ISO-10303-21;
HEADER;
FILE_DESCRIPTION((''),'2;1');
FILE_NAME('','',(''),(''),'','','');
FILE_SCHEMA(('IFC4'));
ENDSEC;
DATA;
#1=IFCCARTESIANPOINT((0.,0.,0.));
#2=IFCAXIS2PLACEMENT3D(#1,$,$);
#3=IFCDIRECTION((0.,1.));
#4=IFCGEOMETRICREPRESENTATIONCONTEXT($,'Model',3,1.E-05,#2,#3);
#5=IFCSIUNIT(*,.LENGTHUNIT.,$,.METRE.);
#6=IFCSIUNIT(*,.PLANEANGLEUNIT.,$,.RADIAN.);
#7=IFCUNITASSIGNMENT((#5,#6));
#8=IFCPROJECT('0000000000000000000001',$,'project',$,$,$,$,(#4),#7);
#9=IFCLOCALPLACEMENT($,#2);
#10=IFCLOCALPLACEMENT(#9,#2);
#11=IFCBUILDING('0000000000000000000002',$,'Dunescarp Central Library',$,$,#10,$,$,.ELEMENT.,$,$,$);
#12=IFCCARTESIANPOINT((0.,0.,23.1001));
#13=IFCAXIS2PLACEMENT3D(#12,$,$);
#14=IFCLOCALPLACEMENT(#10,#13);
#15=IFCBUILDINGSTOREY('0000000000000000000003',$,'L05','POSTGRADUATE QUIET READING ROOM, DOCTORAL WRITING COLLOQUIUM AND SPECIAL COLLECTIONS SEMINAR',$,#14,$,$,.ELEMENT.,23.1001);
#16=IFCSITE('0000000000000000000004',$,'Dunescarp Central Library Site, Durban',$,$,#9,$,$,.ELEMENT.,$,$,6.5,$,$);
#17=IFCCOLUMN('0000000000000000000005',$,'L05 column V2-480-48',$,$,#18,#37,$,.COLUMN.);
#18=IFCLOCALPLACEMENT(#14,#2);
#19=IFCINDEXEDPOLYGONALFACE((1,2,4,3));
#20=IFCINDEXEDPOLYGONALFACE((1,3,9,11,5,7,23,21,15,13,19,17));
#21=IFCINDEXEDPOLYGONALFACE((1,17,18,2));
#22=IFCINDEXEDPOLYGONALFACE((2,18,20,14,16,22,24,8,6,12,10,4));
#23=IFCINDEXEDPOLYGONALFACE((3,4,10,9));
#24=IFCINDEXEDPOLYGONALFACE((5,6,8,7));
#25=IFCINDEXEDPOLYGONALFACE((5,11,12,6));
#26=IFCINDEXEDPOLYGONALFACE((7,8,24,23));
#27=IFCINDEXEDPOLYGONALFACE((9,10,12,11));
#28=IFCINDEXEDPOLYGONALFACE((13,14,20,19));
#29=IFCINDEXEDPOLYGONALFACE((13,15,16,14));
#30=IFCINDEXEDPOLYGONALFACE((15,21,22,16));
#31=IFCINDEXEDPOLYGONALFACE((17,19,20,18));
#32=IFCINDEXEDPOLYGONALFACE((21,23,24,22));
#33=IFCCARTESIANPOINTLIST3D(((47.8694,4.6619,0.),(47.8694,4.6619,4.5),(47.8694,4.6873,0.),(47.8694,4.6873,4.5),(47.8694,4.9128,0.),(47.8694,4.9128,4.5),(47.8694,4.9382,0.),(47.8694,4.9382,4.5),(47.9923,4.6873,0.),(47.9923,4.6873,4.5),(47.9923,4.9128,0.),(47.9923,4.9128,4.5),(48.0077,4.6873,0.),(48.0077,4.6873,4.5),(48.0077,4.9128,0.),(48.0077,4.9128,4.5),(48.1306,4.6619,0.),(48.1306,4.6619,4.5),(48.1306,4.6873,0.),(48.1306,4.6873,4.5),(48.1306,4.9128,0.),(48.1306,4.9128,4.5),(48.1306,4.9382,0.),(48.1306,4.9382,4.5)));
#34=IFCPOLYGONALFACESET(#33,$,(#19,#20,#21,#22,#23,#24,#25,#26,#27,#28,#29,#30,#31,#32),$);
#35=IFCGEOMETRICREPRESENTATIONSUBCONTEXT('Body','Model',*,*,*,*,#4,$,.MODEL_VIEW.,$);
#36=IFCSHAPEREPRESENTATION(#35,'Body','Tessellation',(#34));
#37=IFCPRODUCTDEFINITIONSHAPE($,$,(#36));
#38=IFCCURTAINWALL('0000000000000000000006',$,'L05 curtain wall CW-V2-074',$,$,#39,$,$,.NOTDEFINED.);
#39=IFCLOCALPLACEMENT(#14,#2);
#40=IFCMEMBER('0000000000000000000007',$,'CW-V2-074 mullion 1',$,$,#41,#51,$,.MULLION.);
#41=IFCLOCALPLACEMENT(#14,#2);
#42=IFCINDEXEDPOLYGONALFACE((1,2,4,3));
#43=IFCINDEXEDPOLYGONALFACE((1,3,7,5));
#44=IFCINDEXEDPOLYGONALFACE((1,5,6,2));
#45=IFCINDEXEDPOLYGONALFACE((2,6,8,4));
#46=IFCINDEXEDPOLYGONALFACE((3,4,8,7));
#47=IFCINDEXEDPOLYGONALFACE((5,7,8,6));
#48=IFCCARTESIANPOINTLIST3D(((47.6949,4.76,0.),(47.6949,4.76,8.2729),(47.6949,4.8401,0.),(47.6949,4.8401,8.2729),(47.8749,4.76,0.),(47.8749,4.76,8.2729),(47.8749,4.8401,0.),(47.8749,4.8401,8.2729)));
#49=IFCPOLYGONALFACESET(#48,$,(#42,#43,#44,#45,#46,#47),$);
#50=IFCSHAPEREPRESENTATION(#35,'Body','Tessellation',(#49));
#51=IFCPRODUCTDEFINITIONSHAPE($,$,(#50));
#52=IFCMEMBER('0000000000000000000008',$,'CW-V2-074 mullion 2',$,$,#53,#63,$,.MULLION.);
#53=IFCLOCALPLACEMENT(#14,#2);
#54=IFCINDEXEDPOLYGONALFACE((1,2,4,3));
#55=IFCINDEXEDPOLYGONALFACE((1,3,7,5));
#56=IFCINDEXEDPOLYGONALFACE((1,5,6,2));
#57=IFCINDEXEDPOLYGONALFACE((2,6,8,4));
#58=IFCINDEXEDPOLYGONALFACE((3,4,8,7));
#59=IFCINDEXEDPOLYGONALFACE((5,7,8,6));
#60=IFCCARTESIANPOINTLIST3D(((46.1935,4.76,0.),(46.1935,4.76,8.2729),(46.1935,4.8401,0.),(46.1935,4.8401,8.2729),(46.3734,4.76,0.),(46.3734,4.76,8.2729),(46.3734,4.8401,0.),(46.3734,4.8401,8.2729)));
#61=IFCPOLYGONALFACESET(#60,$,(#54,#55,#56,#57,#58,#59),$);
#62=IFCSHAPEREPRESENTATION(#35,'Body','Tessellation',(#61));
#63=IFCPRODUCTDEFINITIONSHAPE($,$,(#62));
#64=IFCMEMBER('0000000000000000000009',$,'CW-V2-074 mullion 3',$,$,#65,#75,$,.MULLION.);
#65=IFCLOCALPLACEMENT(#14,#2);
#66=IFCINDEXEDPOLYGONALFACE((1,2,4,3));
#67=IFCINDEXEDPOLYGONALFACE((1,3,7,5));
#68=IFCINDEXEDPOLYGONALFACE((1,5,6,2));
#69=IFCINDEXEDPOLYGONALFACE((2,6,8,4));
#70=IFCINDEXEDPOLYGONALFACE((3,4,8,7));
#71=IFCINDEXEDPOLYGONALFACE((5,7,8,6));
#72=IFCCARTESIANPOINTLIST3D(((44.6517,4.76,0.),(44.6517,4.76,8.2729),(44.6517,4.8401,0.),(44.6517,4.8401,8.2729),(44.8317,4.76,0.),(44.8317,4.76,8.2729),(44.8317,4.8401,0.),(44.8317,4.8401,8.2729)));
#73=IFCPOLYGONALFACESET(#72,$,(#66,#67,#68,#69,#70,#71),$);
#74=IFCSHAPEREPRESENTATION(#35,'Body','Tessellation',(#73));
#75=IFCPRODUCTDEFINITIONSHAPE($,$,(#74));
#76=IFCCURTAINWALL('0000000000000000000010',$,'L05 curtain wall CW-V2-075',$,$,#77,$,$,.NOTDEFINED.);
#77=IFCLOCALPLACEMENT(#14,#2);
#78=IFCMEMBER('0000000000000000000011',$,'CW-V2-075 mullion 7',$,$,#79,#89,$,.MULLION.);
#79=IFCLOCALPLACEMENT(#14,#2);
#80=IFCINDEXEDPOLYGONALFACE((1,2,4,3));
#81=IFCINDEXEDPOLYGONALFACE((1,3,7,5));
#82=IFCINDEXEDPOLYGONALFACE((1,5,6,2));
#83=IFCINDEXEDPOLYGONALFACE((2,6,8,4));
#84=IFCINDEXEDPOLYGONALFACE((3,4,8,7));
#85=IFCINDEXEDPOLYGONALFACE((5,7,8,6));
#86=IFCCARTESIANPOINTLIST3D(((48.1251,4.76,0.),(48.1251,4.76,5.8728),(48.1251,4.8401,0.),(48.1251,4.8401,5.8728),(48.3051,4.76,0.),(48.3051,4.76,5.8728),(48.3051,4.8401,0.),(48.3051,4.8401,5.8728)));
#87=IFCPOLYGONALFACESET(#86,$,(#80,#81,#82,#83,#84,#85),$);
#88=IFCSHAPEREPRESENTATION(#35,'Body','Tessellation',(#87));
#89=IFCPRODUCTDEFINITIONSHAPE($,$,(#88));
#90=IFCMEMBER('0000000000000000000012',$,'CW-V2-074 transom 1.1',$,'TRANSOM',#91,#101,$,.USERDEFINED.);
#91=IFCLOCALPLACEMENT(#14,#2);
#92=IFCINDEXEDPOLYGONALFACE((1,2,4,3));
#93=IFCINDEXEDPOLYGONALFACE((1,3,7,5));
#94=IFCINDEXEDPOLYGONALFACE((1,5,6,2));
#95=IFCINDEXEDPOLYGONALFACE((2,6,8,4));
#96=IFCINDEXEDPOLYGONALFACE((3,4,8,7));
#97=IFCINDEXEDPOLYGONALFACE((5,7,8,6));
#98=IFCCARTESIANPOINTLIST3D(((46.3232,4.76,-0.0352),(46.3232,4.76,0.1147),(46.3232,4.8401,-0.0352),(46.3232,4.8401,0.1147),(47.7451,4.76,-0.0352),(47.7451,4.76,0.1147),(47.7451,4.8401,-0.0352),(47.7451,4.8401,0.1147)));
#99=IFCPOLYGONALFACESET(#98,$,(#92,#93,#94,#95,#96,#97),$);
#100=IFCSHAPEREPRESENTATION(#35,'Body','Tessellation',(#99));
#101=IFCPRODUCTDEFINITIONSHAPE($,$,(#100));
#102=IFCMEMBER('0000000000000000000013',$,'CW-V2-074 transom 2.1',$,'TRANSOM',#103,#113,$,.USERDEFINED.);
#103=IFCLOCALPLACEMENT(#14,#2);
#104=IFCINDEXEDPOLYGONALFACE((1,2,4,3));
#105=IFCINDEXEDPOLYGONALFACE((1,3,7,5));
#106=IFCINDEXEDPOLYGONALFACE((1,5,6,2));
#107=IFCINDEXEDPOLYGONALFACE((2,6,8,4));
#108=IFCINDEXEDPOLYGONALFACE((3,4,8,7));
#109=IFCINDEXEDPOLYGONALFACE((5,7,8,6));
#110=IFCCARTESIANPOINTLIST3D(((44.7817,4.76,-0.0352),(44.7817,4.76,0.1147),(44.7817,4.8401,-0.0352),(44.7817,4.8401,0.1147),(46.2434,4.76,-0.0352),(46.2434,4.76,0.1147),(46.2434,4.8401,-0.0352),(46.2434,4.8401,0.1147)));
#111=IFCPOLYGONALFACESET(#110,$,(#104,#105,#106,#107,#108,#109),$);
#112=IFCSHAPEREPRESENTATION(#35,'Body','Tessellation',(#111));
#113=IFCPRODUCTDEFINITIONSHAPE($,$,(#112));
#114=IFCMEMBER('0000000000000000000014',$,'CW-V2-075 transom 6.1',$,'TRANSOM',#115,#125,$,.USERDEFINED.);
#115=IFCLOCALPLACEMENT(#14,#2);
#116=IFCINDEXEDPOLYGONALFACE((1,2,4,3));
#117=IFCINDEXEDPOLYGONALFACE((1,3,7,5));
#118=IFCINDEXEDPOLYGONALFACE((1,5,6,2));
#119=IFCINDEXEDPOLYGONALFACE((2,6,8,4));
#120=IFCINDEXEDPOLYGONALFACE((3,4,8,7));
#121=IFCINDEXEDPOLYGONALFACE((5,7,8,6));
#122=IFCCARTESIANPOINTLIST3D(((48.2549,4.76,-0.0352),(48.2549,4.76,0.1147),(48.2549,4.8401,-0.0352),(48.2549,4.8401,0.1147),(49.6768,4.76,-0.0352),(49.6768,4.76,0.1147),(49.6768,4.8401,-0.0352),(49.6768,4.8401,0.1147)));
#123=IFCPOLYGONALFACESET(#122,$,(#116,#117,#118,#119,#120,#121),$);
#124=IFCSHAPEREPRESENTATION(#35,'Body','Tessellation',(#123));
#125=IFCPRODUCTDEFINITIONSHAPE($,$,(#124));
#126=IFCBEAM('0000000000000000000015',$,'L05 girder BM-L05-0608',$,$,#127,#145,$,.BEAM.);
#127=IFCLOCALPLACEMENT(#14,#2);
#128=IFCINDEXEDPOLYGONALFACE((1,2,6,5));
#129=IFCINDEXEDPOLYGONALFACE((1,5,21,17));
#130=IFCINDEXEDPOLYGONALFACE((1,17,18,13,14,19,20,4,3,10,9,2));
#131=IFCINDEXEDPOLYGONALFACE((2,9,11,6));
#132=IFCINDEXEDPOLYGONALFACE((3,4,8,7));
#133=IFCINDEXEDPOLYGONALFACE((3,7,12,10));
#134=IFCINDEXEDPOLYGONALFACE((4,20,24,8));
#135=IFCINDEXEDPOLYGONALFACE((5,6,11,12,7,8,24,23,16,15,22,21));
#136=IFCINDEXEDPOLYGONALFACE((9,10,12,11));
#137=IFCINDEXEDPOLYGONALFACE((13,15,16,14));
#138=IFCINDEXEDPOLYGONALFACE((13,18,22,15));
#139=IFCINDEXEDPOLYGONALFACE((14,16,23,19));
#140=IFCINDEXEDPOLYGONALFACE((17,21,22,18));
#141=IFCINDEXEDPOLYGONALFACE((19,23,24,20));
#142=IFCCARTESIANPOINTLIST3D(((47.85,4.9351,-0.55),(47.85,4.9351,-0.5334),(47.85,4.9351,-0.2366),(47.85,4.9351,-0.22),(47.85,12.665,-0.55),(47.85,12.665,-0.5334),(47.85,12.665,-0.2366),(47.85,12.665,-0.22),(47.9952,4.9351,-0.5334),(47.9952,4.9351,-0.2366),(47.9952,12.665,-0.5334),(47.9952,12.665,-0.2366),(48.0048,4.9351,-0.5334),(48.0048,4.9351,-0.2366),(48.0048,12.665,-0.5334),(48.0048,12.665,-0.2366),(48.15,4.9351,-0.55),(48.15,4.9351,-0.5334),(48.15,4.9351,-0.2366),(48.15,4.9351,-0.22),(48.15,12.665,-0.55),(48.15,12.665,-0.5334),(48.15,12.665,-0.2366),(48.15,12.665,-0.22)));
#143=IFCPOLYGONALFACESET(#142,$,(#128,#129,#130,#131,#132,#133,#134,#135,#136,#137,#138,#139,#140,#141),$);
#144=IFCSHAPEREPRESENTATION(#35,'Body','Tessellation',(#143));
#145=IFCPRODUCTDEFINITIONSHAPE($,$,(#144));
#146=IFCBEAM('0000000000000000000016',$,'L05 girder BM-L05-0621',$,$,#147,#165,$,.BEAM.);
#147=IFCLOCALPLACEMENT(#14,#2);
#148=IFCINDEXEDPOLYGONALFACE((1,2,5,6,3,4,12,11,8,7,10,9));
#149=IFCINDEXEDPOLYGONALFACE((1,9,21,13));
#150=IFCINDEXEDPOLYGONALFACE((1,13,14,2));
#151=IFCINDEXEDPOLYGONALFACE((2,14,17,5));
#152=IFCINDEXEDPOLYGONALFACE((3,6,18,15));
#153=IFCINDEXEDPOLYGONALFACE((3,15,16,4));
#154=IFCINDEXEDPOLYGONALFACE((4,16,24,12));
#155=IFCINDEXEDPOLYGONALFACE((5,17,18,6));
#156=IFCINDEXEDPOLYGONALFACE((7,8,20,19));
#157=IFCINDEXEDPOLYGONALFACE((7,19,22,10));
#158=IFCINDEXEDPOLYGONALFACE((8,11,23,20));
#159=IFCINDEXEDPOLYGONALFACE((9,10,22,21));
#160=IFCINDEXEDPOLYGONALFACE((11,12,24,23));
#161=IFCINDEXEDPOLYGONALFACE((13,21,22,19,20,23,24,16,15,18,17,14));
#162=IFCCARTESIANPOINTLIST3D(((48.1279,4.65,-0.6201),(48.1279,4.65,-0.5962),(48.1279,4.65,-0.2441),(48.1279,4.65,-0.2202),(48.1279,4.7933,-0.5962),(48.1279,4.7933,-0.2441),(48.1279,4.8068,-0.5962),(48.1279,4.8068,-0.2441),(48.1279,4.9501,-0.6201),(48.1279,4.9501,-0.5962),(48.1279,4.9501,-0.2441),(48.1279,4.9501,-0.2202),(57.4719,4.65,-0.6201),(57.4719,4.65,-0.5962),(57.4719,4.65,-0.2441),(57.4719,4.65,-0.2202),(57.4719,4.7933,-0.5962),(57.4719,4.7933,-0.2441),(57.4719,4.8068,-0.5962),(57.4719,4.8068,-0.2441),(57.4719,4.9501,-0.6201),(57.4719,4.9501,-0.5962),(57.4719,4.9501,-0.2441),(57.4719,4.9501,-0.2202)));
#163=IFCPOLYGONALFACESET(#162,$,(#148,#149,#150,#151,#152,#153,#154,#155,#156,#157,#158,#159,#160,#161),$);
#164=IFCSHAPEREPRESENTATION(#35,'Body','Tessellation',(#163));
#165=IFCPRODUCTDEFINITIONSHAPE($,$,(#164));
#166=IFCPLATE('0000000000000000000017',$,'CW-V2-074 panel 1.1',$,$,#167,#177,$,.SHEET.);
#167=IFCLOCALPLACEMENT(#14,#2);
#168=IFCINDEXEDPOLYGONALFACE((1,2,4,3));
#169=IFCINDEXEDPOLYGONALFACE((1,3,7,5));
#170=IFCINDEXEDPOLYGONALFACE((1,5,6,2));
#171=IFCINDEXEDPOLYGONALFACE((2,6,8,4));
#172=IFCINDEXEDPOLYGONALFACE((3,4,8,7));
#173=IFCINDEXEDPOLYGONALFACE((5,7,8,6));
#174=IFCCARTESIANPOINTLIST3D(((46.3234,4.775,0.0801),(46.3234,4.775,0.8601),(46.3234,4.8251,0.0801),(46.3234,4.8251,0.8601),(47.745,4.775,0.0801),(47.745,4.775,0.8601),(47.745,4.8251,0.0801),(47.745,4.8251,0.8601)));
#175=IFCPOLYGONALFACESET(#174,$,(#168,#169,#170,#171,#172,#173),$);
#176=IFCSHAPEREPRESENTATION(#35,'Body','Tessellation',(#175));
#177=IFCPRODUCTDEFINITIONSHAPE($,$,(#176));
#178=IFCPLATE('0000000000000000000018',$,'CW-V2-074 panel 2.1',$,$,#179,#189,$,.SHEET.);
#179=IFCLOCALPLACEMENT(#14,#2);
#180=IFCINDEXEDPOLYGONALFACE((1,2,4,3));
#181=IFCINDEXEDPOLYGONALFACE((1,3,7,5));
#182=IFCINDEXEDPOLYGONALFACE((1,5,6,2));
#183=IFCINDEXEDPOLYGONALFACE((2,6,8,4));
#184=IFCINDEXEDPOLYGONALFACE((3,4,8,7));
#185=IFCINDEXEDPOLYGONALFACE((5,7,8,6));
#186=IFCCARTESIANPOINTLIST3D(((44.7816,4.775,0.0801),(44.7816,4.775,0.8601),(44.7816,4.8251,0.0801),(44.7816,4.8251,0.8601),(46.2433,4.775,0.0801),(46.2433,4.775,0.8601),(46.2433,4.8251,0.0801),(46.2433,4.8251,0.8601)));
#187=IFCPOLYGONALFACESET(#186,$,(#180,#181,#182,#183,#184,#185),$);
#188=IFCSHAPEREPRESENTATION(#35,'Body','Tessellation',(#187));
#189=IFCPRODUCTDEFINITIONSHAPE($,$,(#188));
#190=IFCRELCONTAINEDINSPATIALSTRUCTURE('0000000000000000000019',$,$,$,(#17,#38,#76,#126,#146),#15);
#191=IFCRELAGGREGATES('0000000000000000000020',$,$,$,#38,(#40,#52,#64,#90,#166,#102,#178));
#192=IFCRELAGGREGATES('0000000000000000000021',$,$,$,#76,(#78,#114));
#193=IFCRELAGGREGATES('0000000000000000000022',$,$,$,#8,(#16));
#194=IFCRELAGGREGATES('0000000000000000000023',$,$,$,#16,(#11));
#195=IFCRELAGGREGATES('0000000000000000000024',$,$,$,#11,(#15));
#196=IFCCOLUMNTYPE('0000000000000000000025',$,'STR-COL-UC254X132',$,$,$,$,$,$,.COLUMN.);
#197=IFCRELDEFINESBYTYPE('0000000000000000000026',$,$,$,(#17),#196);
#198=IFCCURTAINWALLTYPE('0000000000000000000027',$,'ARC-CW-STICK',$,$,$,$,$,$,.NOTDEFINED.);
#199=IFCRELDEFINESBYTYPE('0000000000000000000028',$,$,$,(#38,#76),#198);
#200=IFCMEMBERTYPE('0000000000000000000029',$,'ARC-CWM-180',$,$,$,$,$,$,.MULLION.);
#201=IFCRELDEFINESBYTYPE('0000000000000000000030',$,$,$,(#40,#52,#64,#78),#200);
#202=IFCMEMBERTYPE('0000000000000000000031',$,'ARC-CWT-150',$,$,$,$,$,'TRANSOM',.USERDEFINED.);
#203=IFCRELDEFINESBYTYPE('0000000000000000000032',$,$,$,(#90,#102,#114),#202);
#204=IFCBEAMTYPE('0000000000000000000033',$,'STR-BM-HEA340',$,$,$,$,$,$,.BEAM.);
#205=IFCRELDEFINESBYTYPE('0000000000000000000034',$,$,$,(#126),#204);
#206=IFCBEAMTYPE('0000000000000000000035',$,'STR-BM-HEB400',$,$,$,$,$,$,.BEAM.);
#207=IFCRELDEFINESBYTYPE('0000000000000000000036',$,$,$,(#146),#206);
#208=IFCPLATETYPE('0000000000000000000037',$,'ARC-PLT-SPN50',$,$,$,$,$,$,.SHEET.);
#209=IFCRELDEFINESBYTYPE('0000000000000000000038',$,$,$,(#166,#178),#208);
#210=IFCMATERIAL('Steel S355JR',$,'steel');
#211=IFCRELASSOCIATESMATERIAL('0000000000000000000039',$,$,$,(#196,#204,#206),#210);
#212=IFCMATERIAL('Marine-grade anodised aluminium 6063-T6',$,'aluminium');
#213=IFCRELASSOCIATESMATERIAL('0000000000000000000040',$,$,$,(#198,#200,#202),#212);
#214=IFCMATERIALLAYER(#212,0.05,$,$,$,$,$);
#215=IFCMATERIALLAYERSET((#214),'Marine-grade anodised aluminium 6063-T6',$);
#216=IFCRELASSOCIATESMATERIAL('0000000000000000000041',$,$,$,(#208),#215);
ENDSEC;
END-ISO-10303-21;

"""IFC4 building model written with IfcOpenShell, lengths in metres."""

from ifc_helpers import new_model, si_unit, direction, frame, origin, origin_2d, place, context, subcontext, project, spatial, rectangle, i_section, extrude, material, layer, layer_set, material_profile, profile_set, type_object, element, aggregate, save


model = new_model("IFC4")

# Units and contexts
model_context = context("Model", 3, precision=1e-05, world=origin(), true_north=direction((0.0, 1.0)))
body_context = subcontext(model_context, "Body", "Model", "MODEL_VIEW")
ifc_project = project(units=[si_unit("LENGTHUNIT", "METRE"), si_unit("PLANEANGLEUNIT", "RADIAN")], contexts=[model_context])

# Site, building, storey
site_placement = place(None, origin())
site = spatial("IfcSite", under=ifc_project, at=site_placement, Name="Dunescarp Central Library Site, Durban", CompositionType="ELEMENT", RefElevation=6.5)
building_placement = place(site_placement, origin())
building = spatial("IfcBuilding", under=site, at=building_placement, Name="Dunescarp Central Library", CompositionType="ELEMENT")
storey_placement = place(building_placement, frame((0.0, 0.0, 23.1001)))
storey = spatial("IfcBuildingStorey", under=building, at=storey_placement, Name="L05", Description="POSTGRADUATE QUIET READING ROOM, DOCTORAL WRITING COLLOQUIUM AND SPECIAL COLLECTIONS SEMINAR", CompositionType="ELEMENT", Elevation=23.1001)

# Column
ifc_material_1 = material(Name="Steel S355JR", Category="steel")
ifc_material_profile_1 = material_profile(ifc_material_1, i_section(OverallWidth=0.2612, OverallDepth=0.2764, WebThickness=0.0154, FlangeThickness=0.0254, at=origin_2d()), Name="UC 254x254x132")
ifc_profile_set_1 = profile_set([ifc_material_profile_1], Name="Steel S355JR")
column_type = type_object("IfcColumnType", Name="STR-COL-UC254X132", PredefinedType="COLUMN", material=ifc_profile_set_1)
column_placement = place(storey_placement, frame((48.0, 4.8, 0.0), z_axis=(0.0, 0.0, 1.0), x_axis=(1.0, 0.0, 0.0)))
element("IfcColumn", 1, at=column_placement, inside=storey, type_object=column_type, Name="L05 column V2-480-48", PredefinedType="COLUMN", context=body_context, shape_type="SweptSolid", body=[
    extrude(i_section(OverallWidth=0.2612, OverallDepth=0.2764, WebThickness=0.0154, FlangeThickness=0.0254, at=origin_2d()), origin(), (0.0, 0.0, 1.0), 4.5),
])

# Curtain wall, members
ifc_material_2 = material(Name="Marine-grade anodised aluminium 6063-T6", Category="aluminium")
curtain_wall_type = type_object("IfcCurtainWallType", Name="ARC-CW-STICK", PredefinedType="NOTDEFINED", material=ifc_material_2)
curtain_wall_1_placement = place(storey_placement, origin())
curtain_wall_1 = element("IfcCurtainWall", 2, at=curtain_wall_1_placement, inside=storey, type_object=curtain_wall_type, Name="L05 curtain wall CW-V2-074", PredefinedType="NOTDEFINED")
ifc_material_profile_2 = material_profile(ifc_material_2, rectangle(XDim=0.0801, YDim=0.1799, at=origin_2d()), Name="AL 80x180")
ifc_profile_set_2 = profile_set([ifc_material_profile_2], Name="Marine-grade anodised aluminium 6063-T6")
member_type_1 = type_object("IfcMemberType", Name="ARC-CWM-180", PredefinedType="MULLION", material=ifc_profile_set_2)
member_1_placement = place(storey_placement, frame((47.7849, 4.8, 0.0), z_axis=(0.0, 0.0, 1.0), x_axis=(0.0, -1.0, 0.0)))
member_1 = element("IfcMember", 3, at=member_1_placement, type_object=member_type_1, Name="CW-V2-074 mullion 1", PredefinedType="MULLION", context=body_context, shape_type="SweptSolid", body=[
    extrude(rectangle(XDim=0.0801, YDim=0.1799, at=origin_2d()), origin(), (0.0, 0.0, 1.0), 8.2729),
])
member_2_placement = place(storey_placement, frame((46.2834, 4.8, 0.0), z_axis=(0.0, 0.0, 1.0), x_axis=(0.0, -1.0, 0.0)))
member_2 = element("IfcMember", 4, at=member_2_placement, type_object=member_type_1, Name="CW-V2-074 mullion 2", PredefinedType="MULLION", context=body_context, shape_type="SweptSolid", body=[
    extrude(rectangle(XDim=0.0801, YDim=0.1799, at=origin_2d()), origin(), (0.0, 0.0, 1.0), 8.2729),
])
member_3_placement = place(storey_placement, frame((44.7417, 4.8, 0.0), z_axis=(0.0, 0.0, 1.0), x_axis=(0.0, -1.0, 0.0)))
member_3 = element("IfcMember", 5, at=member_3_placement, type_object=member_type_1, Name="CW-V2-074 mullion 3", PredefinedType="MULLION", context=body_context, shape_type="SweptSolid", body=[
    extrude(rectangle(XDim=0.0801, YDim=0.1799, at=origin_2d()), origin(), (0.0, 0.0, 1.0), 8.2729),
])

# Curtain wall, member
curtain_wall_2_placement = place(storey_placement, origin())
curtain_wall_2 = element("IfcCurtainWall", 6, at=curtain_wall_2_placement, inside=storey, type_object=curtain_wall_type, Name="L05 curtain wall CW-V2-075", PredefinedType="NOTDEFINED")
member_4_placement = place(storey_placement, frame((48.2151, 4.8, 0.0), z_axis=(0.0, 0.0, 1.0), x_axis=(0.0, -1.0, 0.0)))
member_4 = element("IfcMember", 7, at=member_4_placement, type_object=member_type_1, Name="CW-V2-075 mullion 7", PredefinedType="MULLION", context=body_context, shape_type="SweptSolid", body=[
    extrude(rectangle(XDim=0.0801, YDim=0.1799, at=origin_2d()), origin(), (0.0, 0.0, 1.0), 5.8728),
])

# Members
ifc_material_profile_3 = material_profile(ifc_material_2, rectangle(XDim=0.0801, YDim=0.1499, at=origin_2d()), Name="AL 80x150")
ifc_profile_set_3 = profile_set([ifc_material_profile_3], Name="Marine-grade anodised aluminium 6063-T6")
member_type_2 = type_object("IfcMemberType", Name="ARC-CWT-150", ElementType="TRANSOM", PredefinedType="USERDEFINED", material=ifc_profile_set_3)
member_5_placement = place(storey_placement, frame((47.7451, 4.8, 0.0398), z_axis=(-1.0, 0.0, 0.0), x_axis=(0.0, -1.0, 0.0)))
member_5 = element("IfcMember", 8, at=member_5_placement, type_object=member_type_2, Name="CW-V2-074 transom 1.1", ObjectType="TRANSOM", PredefinedType="USERDEFINED", context=body_context, shape_type="SweptSolid", body=[
    extrude(rectangle(XDim=0.0801, YDim=0.1499, at=origin_2d()), origin(), (0.0, 0.0, 1.0), 1.4219),
])
member_6_placement = place(storey_placement, frame((46.2434, 4.8, 0.0398), z_axis=(-1.0, 0.0, 0.0), x_axis=(0.0, -1.0, 0.0)))
member_6 = element("IfcMember", 9, at=member_6_placement, type_object=member_type_2, Name="CW-V2-074 transom 2.1", ObjectType="TRANSOM", PredefinedType="USERDEFINED", context=body_context, shape_type="SweptSolid", body=[
    extrude(rectangle(XDim=0.0801, YDim=0.1499, at=origin_2d()), origin(), (0.0, 0.0, 1.0), 1.4617),
])
member_7_placement = place(storey_placement, frame((49.6768, 4.8, 0.0398), z_axis=(-1.0, 0.0, 0.0), x_axis=(0.0, -1.0, 0.0)))
member_7 = element("IfcMember", 10, at=member_7_placement, type_object=member_type_2, Name="CW-V2-075 transom 6.1", ObjectType="TRANSOM", PredefinedType="USERDEFINED", context=body_context, shape_type="SweptSolid", body=[
    extrude(rectangle(XDim=0.0801, YDim=0.1499, at=origin_2d()), origin(), (0.0, 0.0, 1.0), 1.4219),
])

# Beams
ifc_material_profile_4 = material_profile(ifc_material_1, i_section(OverallWidth=0.3, OverallDepth=0.3301, WebThickness=0.0095, FlangeThickness=0.0166, at=origin_2d()), Name="HEA 340")
ifc_profile_set_4 = profile_set([ifc_material_profile_4], Name="Steel S355JR")
beam_type_1 = type_object("IfcBeamType", Name="STR-BM-HEA340", PredefinedType="BEAM", material=ifc_profile_set_4)
beam_1_placement = place(storey_placement, frame((48.0, 4.9351, -0.385), z_axis=(0.0, 1.0, 0.0), x_axis=(-1.0, 0.0, 0.0)))
element("IfcBeam", 11, at=beam_1_placement, inside=storey, type_object=beam_type_1, Name="L05 girder BM-L05-0608", PredefinedType="BEAM", context=body_context, shape_type="SweptSolid", body=[
    extrude(i_section(OverallWidth=0.3, OverallDepth=0.3301, WebThickness=0.0095, FlangeThickness=0.0166, at=origin_2d()), origin(), (0.0, 0.0, 1.0), 7.73),
])
ifc_material_profile_5 = material_profile(ifc_material_1, i_section(OverallWidth=0.3, OverallDepth=0.3999, WebThickness=0.0134, FlangeThickness=0.0239, at=origin_2d()), Name="HEB 400")
ifc_profile_set_5 = profile_set([ifc_material_profile_5], Name="Steel S355JR")
beam_type_2 = type_object("IfcBeamType", Name="STR-BM-HEB400", PredefinedType="BEAM", material=ifc_profile_set_5)
beam_2_placement = place(storey_placement, frame((48.1279, 4.8, -0.4202), z_axis=(1.0, 0.0, 0.0), x_axis=(0.0, 1.0, 0.0)))
element("IfcBeam", 12, at=beam_2_placement, inside=storey, type_object=beam_type_2, Name="L05 girder BM-L05-0621", PredefinedType="BEAM", context=body_context, shape_type="SweptSolid", body=[
    extrude(i_section(OverallWidth=0.3, OverallDepth=0.3999, WebThickness=0.0134, FlangeThickness=0.0239, at=origin_2d()), origin(), (0.0, 0.0, 1.0), 9.344),
])

# Plates
ifc_layer_1 = layer(ifc_material_2, 0.05)
ifc_layer_set_1 = layer_set([ifc_layer_1], Name="Marine-grade anodised aluminium 6063-T6")
plate_type = type_object("IfcPlateType", Name="ARC-PLT-SPN50", PredefinedType="SHEET", material=ifc_layer_set_1)
plate_1_placement = place(storey_placement, frame((47.0342, 4.8, 0.0801), z_axis=(0.0, 0.0, 1.0), x_axis=(-1.0, 0.0, 0.0)))
plate_1 = element("IfcPlate", 13, at=plate_1_placement, type_object=plate_type, Name="CW-V2-074 panel 1.1", PredefinedType="SHEET", context=body_context, shape_type="SweptSolid", body=[
    extrude(rectangle(XDim=1.4216, YDim=0.05, at=origin_2d()), origin(), (0.0, 0.0, 1.0), 0.78),
])
plate_2_placement = place(storey_placement, frame((45.5125, 4.8, 0.0801), z_axis=(0.0, 0.0, 1.0), x_axis=(-1.0, 0.0, 0.0)))
plate_2 = element("IfcPlate", 14, at=plate_2_placement, type_object=plate_type, Name="CW-V2-074 panel 2.1", PredefinedType="SHEET", context=body_context, shape_type="SweptSolid", body=[
    extrude(rectangle(XDim=1.4617, YDim=0.05, at=origin_2d()), origin(), (0.0, 0.0, 1.0), 0.78),
])
aggregate(curtain_wall_1, [member_1, member_2, member_3, member_5, plate_1, member_6, plate_2])
aggregate(curtain_wall_2, [member_4, member_7])

save(model, "model.ifc")
